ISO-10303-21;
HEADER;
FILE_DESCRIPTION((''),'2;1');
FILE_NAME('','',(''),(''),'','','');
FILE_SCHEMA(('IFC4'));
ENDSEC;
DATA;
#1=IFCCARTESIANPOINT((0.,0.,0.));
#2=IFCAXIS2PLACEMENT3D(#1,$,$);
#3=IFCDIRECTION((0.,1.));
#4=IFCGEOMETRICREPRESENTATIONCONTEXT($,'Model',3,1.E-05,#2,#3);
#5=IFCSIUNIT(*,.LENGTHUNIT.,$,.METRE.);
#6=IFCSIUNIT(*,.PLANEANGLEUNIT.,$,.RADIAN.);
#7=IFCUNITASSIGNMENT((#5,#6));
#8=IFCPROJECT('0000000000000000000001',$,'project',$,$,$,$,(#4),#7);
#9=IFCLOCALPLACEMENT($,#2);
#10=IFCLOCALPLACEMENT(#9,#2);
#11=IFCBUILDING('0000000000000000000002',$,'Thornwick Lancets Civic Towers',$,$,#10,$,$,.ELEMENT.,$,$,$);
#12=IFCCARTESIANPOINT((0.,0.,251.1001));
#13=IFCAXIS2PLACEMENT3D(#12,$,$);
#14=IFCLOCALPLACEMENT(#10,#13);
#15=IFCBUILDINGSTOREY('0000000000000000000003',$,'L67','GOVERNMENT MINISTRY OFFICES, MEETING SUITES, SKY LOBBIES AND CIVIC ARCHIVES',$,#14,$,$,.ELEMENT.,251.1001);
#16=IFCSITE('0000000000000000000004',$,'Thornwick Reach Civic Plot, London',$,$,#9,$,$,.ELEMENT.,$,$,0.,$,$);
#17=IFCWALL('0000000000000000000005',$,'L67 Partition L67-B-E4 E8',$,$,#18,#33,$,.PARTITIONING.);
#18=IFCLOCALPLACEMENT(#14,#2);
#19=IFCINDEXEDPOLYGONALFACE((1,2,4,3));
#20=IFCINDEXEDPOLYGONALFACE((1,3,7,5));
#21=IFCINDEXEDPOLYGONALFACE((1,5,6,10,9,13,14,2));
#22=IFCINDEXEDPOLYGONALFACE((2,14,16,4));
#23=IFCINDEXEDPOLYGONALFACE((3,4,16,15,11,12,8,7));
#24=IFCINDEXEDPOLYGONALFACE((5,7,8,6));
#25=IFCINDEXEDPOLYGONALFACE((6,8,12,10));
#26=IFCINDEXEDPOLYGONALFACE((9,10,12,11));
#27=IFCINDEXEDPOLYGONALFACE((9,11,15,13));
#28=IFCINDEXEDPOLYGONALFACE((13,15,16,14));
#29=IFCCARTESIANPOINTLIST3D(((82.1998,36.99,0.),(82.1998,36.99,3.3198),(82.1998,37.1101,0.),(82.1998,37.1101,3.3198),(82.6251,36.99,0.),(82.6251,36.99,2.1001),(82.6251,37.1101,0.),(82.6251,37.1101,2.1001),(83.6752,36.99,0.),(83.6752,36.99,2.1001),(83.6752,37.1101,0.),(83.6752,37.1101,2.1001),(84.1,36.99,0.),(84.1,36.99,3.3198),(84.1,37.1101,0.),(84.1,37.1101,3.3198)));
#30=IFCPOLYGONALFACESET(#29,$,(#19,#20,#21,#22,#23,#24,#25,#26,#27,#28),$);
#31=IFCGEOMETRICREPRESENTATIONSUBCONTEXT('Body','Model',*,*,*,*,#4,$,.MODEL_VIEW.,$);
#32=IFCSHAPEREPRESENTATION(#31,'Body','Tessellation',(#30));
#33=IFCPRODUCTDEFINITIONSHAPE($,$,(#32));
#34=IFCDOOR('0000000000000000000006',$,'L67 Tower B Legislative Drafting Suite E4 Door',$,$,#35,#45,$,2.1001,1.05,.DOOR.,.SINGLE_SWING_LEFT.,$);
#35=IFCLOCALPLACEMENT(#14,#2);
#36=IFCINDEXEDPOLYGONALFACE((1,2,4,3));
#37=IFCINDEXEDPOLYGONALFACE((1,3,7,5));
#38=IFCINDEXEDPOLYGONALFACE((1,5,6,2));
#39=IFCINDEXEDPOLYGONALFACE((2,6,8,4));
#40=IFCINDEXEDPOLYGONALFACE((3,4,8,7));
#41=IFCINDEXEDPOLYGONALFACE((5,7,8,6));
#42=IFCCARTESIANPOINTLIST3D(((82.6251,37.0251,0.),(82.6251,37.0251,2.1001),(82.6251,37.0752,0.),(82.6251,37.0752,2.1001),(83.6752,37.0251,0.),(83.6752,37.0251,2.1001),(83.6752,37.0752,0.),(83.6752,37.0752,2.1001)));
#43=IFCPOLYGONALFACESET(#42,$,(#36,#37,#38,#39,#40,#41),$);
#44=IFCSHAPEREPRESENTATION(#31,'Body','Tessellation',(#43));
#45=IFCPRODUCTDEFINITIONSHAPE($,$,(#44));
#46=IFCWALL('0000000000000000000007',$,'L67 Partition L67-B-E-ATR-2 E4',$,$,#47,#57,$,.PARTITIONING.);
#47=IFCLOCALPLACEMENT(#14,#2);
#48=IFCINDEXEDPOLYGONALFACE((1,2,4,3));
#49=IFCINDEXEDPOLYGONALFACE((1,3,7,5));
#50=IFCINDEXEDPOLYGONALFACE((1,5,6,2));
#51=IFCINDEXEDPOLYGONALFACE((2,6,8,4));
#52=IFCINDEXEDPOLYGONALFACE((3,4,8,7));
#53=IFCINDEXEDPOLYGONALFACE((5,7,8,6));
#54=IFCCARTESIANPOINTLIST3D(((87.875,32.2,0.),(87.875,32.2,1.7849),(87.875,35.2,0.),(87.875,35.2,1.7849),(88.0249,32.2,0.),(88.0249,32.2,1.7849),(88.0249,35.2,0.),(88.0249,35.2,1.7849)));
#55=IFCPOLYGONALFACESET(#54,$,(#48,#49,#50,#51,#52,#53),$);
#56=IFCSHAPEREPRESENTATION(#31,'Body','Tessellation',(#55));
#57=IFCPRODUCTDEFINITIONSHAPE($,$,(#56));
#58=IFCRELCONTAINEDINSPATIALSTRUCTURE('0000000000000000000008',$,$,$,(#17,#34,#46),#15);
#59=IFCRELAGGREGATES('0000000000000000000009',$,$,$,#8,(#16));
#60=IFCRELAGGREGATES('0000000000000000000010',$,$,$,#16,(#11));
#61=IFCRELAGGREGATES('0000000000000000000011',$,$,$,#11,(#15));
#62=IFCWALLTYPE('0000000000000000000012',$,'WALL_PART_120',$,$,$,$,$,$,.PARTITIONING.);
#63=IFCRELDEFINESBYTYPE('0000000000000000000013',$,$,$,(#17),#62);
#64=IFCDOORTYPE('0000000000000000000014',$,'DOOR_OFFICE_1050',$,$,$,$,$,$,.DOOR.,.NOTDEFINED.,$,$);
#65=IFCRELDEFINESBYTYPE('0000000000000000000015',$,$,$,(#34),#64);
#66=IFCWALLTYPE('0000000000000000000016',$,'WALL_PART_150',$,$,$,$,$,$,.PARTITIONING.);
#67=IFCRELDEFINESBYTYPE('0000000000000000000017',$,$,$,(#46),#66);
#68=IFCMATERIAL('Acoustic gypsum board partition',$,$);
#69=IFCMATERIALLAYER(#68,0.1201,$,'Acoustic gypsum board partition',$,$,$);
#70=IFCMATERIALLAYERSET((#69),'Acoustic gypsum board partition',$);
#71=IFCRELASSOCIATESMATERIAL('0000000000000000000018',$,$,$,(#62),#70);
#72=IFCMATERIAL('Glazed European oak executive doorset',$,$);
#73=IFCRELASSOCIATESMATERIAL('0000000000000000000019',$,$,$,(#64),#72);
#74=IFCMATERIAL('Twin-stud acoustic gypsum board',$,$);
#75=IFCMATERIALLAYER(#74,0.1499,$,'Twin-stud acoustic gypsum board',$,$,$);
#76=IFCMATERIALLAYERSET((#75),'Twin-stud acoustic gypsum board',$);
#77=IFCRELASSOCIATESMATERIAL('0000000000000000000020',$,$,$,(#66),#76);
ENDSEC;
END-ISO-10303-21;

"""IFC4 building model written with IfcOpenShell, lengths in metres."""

from ifc_helpers import new_model, si_unit, direction, frame, frame_2d, origin, place, context, subcontext, project, spatial, rectangle, extrude, material, layer, layer_set, type_object, element, fill, save


model = new_model("IFC4")

# Units and contexts
model_context = context("Model", 3, precision=1e-05, world=origin(), true_north=direction((0.0, 1.0)))
body_context = subcontext(model_context, "Body", "Model", "MODEL_VIEW")
ifc_project = project(units=[si_unit("LENGTHUNIT", "METRE"), si_unit("PLANEANGLEUNIT", "RADIAN")], contexts=[model_context])

# Site, building, storey
site_placement = place(None, origin())
site = spatial("IfcSite", under=ifc_project, at=site_placement, Name="Thornwick Reach Civic Plot, London", CompositionType="ELEMENT", RefElevation=0.0)
building_placement = place(site_placement, origin())
building = spatial("IfcBuilding", under=site, at=building_placement, Name="Thornwick Lancets Civic Towers", CompositionType="ELEMENT")
storey_placement = place(building_placement, frame((0.0, 0.0, 251.1001)))
storey = spatial("IfcBuildingStorey", under=building, at=storey_placement, Name="L67", Description="GOVERNMENT MINISTRY OFFICES, MEETING SUITES, SKY LOBBIES AND CIVIC ARCHIVES", CompositionType="ELEMENT", Elevation=251.1001)

# Shared definitions
ifc_material_1 = material(Name="Acoustic gypsum board partition")
ifc_layer_1 = layer(ifc_material_1, 0.1201, Name="Acoustic gypsum board partition")
ifc_layer_set_1 = layer_set([ifc_layer_1], Name="Acoustic gypsum board partition")
wall_type_1 = type_object("IfcWallType", Name="WALL_PART_120", PredefinedType="PARTITIONING", material=ifc_layer_set_1)

# Wall, opening, door
wall_1_placement = place(storey_placement, frame((84.1001, 37.05, 0.0), z_axis=(0.0, 0.0, 1.0), x_axis=(-1.0, 0.0, 0.0)))
wall_1 = element("IfcWall", 1, at=wall_1_placement, inside=storey, type_object=wall_type_1, Name="L67 Partition L67-B-E4 E8", PredefinedType="PARTITIONING", context=body_context, shape_type="SweptSolid", body=[
    extrude(rectangle(XDim=1.9001, YDim=0.1201, at=frame_2d((0.9502, 0.0))), origin(), (0.0, 0.0, 1.0), 3.3198),
])
opening_1_placement = place(wall_1_placement, frame((0.425, 0.0, 0.0)))
opening_1 = element("IfcOpeningElement", 2, at=opening_1_placement, cuts=wall_1, PredefinedType="OPENING", context=body_context, shape_type="SweptSolid", body=[
    extrude(rectangle(XDim=1.05, YDim=2.1001, at=frame_2d((0.5249, 1.05))), frame((0.0, 0.0701, 0.0), z_axis=(0.0, -1.0, 0.0), x_axis=(1.0, 0.0, 0.0)), (0.0, 0.0, 1.0), 0.1401),
])
ifc_material_2 = material(Name="Glazed European oak executive doorset")
door_type_1 = type_object("IfcDoorType", Name="DOOR_OFFICE_1050", OperationType="NOTDEFINED", PredefinedType="DOOR", material=ifc_material_2)
door_1_placement = place(opening_1_placement, origin())
door_1 = element("IfcDoor", 3, at=door_1_placement, inside=storey, type_object=door_type_1, Name="L67 Tower B Legislative Drafting Suite E4 Door", OperationType="SINGLE_SWING_LEFT", OverallHeight=2.1001, OverallWidth=1.05, PredefinedType="DOOR", context=body_context, shape_type="SweptSolid", body=[
    extrude(rectangle(XDim=1.05, YDim=2.1001, at=frame_2d((0.5249, 1.05))), frame((0.0, 0.0249, 0.0), z_axis=(0.0, -1.0, 0.0), x_axis=(1.0, 0.0, 0.0)), (0.0, 0.0, 1.0), 0.05),
])
fill(opening_1, door_1)
ifc_material_3 = material(Name="Twin-stud acoustic gypsum board")
ifc_layer_2 = layer(ifc_material_3, 0.1499, Name="Twin-stud acoustic gypsum board")
ifc_layer_set_2 = layer_set([ifc_layer_2], Name="Twin-stud acoustic gypsum board")
wall_type_2 = type_object("IfcWallType", Name="WALL_PART_150", PredefinedType="PARTITIONING", material=ifc_layer_set_2)

# Wall
wall_2_placement = place(storey_placement, frame((87.95, 35.2, 0.0), z_axis=(0.0, 0.0, 1.0), x_axis=(0.0, -1.0, 0.0)))
element("IfcWall", 4, at=wall_2_placement, inside=storey, type_object=wall_type_2, Name="L67 Partition L67-B-E-ATR-2 E4", PredefinedType="PARTITIONING", context=body_context, shape_type="SweptSolid", body=[
    extrude(rectangle(XDim=3.0, YDim=0.1499, at=frame_2d((1.5, 0.0))), origin(), (0.0, 0.0, 1.0), 1.7849),
])

save(model, "model.ifc")
